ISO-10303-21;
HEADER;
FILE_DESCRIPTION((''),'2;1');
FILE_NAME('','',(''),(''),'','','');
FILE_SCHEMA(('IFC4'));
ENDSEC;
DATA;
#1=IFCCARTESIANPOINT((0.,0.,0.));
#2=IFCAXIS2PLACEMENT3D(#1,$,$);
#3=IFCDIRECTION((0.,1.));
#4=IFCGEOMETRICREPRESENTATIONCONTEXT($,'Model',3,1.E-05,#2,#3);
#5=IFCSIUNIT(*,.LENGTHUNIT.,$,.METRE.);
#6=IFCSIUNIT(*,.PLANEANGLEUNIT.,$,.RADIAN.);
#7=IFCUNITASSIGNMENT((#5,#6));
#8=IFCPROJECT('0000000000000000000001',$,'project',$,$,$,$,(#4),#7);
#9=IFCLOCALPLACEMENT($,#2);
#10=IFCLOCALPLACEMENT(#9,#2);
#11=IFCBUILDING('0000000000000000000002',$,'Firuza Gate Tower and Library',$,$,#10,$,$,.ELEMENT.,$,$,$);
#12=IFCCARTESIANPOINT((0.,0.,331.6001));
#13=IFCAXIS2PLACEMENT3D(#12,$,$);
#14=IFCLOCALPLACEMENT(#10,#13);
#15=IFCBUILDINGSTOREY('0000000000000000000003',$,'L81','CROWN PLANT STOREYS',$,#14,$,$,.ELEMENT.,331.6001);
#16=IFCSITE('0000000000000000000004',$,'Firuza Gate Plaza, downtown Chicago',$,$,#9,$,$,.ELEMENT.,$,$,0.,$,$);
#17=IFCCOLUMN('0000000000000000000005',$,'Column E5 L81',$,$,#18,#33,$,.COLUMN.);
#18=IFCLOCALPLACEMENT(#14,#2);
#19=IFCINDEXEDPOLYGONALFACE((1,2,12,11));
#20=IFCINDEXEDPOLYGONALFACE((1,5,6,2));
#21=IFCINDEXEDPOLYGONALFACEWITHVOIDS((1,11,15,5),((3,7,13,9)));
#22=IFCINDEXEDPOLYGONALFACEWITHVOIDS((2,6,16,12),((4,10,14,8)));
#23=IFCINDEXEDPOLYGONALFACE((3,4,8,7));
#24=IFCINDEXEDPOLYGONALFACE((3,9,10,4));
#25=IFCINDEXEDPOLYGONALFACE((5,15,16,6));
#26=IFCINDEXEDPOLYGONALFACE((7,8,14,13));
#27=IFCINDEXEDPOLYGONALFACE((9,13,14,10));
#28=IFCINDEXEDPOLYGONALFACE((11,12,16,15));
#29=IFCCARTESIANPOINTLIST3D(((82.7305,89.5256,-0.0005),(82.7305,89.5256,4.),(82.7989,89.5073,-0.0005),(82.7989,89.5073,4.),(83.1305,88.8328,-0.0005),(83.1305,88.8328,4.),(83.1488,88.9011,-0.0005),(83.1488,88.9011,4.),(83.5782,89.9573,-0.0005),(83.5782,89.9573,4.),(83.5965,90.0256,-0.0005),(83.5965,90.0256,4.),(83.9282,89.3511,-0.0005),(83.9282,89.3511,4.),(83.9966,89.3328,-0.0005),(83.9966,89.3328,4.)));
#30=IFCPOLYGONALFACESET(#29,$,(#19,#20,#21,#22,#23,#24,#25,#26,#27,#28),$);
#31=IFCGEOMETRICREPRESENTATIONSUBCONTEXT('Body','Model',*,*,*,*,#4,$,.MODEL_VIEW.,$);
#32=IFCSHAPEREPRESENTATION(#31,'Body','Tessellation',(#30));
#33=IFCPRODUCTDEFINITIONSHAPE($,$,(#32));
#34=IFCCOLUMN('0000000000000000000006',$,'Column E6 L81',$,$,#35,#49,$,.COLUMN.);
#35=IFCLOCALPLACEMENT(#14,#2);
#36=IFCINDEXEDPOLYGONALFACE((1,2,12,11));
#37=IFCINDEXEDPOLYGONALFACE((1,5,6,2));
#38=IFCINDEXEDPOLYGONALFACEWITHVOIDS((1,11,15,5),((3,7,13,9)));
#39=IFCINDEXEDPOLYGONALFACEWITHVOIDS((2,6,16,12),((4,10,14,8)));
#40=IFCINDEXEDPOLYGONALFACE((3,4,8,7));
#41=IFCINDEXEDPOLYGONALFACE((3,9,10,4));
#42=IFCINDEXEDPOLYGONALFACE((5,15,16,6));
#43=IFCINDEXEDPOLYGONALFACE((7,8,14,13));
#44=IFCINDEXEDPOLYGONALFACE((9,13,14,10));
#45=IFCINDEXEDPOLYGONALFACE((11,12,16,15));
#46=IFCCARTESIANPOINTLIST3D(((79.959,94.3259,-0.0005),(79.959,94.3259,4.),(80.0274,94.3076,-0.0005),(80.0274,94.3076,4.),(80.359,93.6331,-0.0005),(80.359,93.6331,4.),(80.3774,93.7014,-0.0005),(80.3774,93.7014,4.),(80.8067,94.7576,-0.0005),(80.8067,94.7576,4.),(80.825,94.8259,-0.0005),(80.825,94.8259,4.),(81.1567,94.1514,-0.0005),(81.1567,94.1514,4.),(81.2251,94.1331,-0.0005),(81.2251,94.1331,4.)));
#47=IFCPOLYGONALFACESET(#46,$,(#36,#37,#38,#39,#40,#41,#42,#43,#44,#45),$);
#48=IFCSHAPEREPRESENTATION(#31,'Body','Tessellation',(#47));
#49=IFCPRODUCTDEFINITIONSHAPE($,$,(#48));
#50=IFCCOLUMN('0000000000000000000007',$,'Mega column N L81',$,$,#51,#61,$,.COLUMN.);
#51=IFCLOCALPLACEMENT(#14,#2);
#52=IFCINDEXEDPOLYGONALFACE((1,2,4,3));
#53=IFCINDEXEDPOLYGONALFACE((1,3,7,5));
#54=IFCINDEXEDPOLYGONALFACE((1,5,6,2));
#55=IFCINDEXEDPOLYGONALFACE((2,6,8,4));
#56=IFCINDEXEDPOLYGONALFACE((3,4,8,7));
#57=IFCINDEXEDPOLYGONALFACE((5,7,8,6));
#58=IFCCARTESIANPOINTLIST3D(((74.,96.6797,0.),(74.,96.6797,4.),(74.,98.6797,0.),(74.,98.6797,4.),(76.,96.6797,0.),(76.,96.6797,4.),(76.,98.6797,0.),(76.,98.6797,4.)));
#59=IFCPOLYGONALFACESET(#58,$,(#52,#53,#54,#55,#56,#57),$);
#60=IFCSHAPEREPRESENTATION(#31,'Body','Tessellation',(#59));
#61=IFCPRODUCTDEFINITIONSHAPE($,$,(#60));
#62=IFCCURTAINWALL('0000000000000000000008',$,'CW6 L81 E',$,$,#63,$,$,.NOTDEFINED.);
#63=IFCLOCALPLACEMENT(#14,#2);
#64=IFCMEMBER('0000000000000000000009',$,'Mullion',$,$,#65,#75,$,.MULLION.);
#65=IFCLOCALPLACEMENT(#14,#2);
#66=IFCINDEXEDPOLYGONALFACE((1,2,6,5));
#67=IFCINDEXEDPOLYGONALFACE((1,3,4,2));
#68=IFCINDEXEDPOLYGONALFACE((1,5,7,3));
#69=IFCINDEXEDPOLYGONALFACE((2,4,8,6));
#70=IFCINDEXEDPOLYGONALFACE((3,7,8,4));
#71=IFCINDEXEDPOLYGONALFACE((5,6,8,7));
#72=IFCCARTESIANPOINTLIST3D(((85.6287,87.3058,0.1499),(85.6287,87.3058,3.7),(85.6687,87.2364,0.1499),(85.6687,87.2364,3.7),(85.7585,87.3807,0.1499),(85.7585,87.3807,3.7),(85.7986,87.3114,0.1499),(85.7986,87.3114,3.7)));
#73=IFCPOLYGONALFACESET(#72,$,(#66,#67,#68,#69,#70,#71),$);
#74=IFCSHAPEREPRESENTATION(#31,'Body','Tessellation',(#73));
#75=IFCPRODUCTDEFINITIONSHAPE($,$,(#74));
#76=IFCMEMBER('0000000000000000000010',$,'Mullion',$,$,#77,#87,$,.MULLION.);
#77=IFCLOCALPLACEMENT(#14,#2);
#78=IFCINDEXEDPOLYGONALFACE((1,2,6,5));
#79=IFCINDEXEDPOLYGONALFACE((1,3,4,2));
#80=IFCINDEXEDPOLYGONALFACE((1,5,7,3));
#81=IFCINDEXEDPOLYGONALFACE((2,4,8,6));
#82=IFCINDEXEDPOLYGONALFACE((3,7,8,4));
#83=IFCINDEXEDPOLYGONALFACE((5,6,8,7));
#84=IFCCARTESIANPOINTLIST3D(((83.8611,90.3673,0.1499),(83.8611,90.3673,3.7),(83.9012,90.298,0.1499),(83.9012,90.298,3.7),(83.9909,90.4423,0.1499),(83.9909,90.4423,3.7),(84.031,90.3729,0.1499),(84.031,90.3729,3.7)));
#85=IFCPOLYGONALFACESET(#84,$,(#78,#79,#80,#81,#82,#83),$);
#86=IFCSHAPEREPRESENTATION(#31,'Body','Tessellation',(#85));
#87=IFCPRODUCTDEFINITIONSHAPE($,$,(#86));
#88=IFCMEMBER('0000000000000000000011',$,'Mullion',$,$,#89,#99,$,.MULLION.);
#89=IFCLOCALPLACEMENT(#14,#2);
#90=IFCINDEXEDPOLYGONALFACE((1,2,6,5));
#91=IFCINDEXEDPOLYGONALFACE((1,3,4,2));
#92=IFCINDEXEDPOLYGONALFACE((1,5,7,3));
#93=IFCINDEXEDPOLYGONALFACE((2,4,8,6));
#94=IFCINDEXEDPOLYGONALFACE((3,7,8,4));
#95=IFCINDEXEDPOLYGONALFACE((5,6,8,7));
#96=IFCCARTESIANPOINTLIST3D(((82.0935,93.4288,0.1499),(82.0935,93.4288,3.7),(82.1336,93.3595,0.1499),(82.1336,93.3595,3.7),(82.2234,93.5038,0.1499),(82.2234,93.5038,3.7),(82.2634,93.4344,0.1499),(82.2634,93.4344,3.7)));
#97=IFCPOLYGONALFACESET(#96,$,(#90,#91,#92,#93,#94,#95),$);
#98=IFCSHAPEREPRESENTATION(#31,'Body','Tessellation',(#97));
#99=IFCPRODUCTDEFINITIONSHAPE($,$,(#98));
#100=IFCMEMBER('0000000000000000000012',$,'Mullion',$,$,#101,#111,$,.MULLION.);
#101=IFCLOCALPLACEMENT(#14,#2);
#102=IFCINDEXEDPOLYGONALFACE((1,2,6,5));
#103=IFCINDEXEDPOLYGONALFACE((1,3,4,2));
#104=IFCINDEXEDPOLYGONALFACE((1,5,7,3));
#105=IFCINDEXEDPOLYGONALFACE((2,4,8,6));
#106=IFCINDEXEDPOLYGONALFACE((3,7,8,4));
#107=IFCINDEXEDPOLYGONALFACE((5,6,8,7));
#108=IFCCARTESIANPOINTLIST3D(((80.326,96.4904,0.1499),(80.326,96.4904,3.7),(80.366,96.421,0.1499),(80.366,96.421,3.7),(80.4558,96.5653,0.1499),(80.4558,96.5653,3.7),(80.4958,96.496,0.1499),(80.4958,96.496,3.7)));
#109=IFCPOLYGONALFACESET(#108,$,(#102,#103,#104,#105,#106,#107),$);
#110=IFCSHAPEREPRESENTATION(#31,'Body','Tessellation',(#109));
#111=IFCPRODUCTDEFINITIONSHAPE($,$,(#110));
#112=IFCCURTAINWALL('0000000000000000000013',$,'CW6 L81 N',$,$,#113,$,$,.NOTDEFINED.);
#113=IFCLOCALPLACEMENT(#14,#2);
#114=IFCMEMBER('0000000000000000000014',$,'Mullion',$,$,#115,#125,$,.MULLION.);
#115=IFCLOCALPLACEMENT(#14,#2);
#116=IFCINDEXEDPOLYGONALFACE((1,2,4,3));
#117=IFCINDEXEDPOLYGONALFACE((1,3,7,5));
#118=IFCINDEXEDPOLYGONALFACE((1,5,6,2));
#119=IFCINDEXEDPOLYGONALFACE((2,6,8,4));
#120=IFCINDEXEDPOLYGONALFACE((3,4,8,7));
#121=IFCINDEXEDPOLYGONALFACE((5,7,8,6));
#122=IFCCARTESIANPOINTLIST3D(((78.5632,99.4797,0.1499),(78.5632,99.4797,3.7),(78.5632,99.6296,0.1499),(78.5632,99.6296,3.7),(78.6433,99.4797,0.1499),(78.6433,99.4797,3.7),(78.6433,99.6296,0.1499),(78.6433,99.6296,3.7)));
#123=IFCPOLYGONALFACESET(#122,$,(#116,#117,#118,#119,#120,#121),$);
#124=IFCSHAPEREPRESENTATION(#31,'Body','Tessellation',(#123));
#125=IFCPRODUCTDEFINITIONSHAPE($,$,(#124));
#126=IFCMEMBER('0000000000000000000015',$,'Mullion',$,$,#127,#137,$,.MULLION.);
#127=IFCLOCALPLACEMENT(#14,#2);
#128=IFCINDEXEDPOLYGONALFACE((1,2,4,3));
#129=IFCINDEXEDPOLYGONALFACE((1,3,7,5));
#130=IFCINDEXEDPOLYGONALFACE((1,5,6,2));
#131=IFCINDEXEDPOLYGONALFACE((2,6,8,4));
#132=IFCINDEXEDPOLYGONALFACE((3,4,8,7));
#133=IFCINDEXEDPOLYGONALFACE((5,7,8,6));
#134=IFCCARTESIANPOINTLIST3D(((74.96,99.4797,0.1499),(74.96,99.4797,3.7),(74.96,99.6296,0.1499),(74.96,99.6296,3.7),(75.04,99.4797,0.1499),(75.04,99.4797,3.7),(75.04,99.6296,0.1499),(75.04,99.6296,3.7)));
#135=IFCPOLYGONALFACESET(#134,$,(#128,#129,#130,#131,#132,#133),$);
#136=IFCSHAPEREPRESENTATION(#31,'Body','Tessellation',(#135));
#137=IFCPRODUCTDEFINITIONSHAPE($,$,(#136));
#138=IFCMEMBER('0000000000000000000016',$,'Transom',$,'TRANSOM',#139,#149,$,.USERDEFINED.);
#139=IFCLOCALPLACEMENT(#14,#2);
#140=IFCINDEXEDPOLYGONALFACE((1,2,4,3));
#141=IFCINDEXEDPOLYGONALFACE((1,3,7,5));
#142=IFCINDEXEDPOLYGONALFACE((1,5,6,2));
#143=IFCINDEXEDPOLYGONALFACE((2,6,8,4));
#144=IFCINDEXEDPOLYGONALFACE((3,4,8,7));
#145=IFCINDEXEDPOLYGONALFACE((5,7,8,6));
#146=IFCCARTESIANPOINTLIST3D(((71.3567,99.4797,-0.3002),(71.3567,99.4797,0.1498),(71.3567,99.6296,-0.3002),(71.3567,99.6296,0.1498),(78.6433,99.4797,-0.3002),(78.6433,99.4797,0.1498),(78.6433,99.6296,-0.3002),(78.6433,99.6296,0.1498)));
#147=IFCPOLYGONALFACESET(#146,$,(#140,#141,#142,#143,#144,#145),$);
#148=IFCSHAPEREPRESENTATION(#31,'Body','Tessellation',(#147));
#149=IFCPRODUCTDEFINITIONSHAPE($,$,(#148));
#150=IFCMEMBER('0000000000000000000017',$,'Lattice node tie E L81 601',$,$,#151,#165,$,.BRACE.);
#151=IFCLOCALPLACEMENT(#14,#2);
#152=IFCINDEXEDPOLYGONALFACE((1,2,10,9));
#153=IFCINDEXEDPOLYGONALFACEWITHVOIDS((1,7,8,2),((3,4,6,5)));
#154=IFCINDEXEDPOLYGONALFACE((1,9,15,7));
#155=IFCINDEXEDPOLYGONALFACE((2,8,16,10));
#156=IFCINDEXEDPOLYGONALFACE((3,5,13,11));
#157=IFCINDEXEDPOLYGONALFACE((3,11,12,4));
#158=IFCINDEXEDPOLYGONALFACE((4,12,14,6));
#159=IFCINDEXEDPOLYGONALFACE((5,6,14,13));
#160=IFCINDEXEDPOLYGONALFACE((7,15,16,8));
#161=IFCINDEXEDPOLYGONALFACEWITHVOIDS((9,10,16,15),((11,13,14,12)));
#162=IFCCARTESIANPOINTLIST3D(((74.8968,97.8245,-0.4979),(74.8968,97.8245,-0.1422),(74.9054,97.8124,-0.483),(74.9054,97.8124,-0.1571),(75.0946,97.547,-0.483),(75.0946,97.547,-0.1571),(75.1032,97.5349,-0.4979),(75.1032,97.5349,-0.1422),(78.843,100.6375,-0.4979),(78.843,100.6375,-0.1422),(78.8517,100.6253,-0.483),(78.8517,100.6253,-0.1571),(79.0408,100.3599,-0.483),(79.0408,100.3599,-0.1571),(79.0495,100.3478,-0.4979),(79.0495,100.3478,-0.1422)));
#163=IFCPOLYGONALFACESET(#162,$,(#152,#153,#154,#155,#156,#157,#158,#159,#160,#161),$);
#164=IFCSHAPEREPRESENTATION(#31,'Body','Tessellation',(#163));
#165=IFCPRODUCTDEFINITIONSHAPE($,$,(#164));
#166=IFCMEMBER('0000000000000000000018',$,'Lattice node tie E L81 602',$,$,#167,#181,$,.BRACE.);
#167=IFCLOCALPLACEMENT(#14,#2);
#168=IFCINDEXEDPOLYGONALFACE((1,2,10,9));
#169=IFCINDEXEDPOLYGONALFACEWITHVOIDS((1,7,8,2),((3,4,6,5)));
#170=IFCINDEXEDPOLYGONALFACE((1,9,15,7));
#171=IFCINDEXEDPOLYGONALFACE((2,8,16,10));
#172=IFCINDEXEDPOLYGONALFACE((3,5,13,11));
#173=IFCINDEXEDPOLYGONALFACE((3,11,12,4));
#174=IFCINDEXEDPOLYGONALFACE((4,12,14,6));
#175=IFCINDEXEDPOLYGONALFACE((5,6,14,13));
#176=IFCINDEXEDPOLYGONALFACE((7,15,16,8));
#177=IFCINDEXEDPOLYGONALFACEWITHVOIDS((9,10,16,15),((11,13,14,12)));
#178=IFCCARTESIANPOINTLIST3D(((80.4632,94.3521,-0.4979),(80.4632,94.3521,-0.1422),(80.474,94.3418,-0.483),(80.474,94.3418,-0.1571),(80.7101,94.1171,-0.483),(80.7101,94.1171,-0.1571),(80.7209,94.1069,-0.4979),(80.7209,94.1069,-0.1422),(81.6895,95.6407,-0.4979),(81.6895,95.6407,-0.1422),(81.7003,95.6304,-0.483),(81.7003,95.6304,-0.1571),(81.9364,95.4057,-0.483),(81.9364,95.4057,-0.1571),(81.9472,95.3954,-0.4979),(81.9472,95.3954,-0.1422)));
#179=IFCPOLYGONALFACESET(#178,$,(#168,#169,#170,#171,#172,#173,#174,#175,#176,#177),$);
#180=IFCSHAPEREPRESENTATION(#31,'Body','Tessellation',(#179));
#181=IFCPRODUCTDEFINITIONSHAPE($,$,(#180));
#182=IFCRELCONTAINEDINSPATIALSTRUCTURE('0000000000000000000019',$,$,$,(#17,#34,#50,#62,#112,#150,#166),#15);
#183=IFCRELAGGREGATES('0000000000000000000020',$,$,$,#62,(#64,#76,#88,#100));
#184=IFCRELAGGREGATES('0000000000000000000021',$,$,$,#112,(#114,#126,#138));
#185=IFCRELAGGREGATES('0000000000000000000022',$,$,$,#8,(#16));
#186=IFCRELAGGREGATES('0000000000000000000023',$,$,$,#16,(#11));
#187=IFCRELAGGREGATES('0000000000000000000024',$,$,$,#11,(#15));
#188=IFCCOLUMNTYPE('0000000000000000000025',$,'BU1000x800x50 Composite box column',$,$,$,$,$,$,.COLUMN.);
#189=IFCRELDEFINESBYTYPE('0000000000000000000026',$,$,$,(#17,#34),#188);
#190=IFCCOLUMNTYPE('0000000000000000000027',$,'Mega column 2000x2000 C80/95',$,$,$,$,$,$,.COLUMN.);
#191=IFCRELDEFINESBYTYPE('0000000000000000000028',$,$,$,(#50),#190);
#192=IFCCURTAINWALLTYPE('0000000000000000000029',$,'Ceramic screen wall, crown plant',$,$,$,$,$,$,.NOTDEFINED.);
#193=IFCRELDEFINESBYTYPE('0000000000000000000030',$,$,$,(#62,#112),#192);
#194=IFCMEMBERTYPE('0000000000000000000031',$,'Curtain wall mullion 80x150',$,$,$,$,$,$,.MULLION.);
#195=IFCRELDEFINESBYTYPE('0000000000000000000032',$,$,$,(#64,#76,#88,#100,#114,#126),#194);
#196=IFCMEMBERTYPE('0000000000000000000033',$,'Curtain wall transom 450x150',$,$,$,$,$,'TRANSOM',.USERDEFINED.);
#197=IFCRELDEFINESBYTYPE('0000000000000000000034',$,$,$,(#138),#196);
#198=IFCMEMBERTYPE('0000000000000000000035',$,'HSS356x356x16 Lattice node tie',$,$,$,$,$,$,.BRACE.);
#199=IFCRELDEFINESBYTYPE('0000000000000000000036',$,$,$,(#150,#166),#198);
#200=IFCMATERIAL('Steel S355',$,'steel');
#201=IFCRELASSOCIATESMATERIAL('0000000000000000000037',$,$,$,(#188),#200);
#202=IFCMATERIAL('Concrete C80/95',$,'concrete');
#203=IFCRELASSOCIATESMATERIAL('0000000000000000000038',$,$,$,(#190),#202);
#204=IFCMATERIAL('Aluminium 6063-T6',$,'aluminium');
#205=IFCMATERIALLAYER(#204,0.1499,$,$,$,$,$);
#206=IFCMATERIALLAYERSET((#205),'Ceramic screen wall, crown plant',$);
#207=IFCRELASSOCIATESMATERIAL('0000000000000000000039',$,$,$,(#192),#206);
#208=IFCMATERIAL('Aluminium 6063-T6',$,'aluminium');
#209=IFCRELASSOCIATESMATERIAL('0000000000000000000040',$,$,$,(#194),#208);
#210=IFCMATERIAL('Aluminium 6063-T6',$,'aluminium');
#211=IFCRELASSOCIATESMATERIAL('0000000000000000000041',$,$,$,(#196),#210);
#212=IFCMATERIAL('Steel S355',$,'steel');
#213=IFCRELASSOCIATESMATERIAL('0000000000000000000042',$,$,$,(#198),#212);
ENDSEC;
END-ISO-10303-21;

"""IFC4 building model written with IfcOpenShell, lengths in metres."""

from ifc_helpers import new_model, si_unit, direction, frame, origin, origin_2d, place, context, subcontext, project, spatial, rectangle, hollow_rectangle, extrude, material, layer, layer_set, material_profile, profile_set, type_object, element, aggregate, save


model = new_model("IFC4")

# Units and contexts
model_context = context("Model", 3, precision=1e-05, world=origin(), true_north=direction((0.0, 1.0)))
body_context = subcontext(model_context, "Body", "Model", "MODEL_VIEW")
ifc_project = project(units=[si_unit("LENGTHUNIT", "METRE"), si_unit("PLANEANGLEUNIT", "RADIAN")], contexts=[model_context])

# Site, building, storey
site_placement = place(None, origin())
site = spatial("IfcSite", under=ifc_project, at=site_placement, Name="Firuza Gate Plaza, downtown Chicago", CompositionType="ELEMENT", RefElevation=0.0)
building_placement = place(site_placement, origin())
building = spatial("IfcBuilding", under=site, at=building_placement, Name="Firuza Gate Tower and Library", CompositionType="ELEMENT")
storey_placement = place(building_placement, frame((0.0, 0.0, 331.6001)))
storey = spatial("IfcBuildingStorey", under=building, at=storey_placement, Name="L81", Description="CROWN PLANT STOREYS", CompositionType="ELEMENT", Elevation=331.6001)

# Columns
ifc_material_1 = material(Name="Steel S355", Category="steel")
ifc_material_profile_1 = material_profile(ifc_material_1, hollow_rectangle(XDim=0.8, YDim=1.0, WallThickness=0.05, at=origin_2d()))
ifc_profile_set_1 = profile_set([ifc_material_profile_1], Name="Steel S355")
column_type_1 = type_object("IfcColumnType", Name="BU1000x800x50 Composite box column", PredefinedType="COLUMN", material=ifc_profile_set_1)
for number, where, z_axis, x_axis, name in (
    (1, (83.3635, 89.4292, -0.0005), (0.0, 0.0, 1.0), (-0.5, 0.866025, 0.0), "Column E5 L81"),
    (2, (80.592, 94.2295, -0.0005), (0.0, 0.0, 1.0), (-0.5, 0.866025, 0.0), "Column E6 L81"),
):
    element("IfcColumn", number, at=place(storey_placement, frame(where, z_axis=z_axis, x_axis=x_axis)), inside=storey, type_object=column_type_1, Name=name, PredefinedType="COLUMN", context=body_context, shape_type="SweptSolid", body=[
        extrude(hollow_rectangle(XDim=0.8, YDim=1.0, WallThickness=0.05, at=origin_2d()), origin(), (0.0, 0.0, 1.0), 4.0005),
    ])
ifc_material_2 = material(Name="Concrete C80/95", Category="concrete")
ifc_material_profile_2 = material_profile(ifc_material_2, rectangle(XDim=2.0, YDim=2.0, at=origin_2d()))
ifc_profile_set_2 = profile_set([ifc_material_profile_2], Name="Concrete C80/95")
column_type_2 = type_object("IfcColumnType", Name="Mega column 2000x2000 C80/95", PredefinedType="COLUMN", material=ifc_profile_set_2)
column_placement = place(storey_placement, frame((75.0, 97.6797, 0.0), z_axis=(0.0, 0.0, 1.0), x_axis=(-1.0, 0.0, 0.0)))
element("IfcColumn", 3, at=column_placement, inside=storey, type_object=column_type_2, Name="Mega column N L81", PredefinedType="COLUMN", context=body_context, shape_type="SweptSolid", body=[
    extrude(rectangle(XDim=2.0, YDim=2.0, at=origin_2d()), origin(), (0.0, 0.0, 1.0), 4.0),
])

# Curtain walls, members
ifc_material_3 = material(Name="Aluminium 6063-T6", Category="aluminium")
ifc_layer_1 = layer(ifc_material_3, 0.1499)
ifc_layer_set_1 = layer_set([ifc_layer_1], Name="Ceramic screen wall, crown plant")
curtain_wall_type = type_object("IfcCurtainWallType", Name="Ceramic screen wall, crown plant", PredefinedType="NOTDEFINED", material=ifc_layer_set_1)
placement = place(storey_placement, origin())
curtain_wall_1 = element("IfcCurtainWall", 4, at=placement, inside=storey, type_object=curtain_wall_type, Name="CW6 L81 E", PredefinedType="NOTDEFINED")
ifc_material_4 = material(Name="Aluminium 6063-T6", Category="aluminium")
ifc_material_profile_3 = material_profile(ifc_material_4, rectangle(XDim=0.1499, YDim=0.0801, at=origin_2d()))
ifc_profile_set_3 = profile_set([ifc_material_profile_3], Name="Aluminium 6063-T6")
member_type_1 = type_object("IfcMemberType", Name="Curtain wall mullion 80x150", PredefinedType="MULLION", material=ifc_profile_set_3)
member_1_placement = place(storey_placement, frame((85.7136, 87.3086, 0.1499), z_axis=(0.0, 0.0, 1.0), x_axis=(-0.866025, -0.5, 0.0)))
member_1 = element("IfcMember", 5, at=member_1_placement, type_object=member_type_1, Name="Mullion", PredefinedType="MULLION", context=body_context, shape_type="SweptSolid", body=[
    extrude(rectangle(XDim=0.1499, YDim=0.0801, at=origin_2d()), origin(), (0.0, 0.0, 1.0), 3.55),
])
member_2_placement = place(storey_placement, frame((83.946, 90.3701, 0.1499), z_axis=(0.0, 0.0, 1.0), x_axis=(-0.866025, -0.5, 0.0)))
member_2 = element("IfcMember", 6, at=member_2_placement, type_object=member_type_1, Name="Mullion", PredefinedType="MULLION", context=body_context, shape_type="SweptSolid", body=[
    extrude(rectangle(XDim=0.1499, YDim=0.0801, at=origin_2d()), origin(), (0.0, 0.0, 1.0), 3.55),
])
member_3_placement = place(storey_placement, frame((82.1785, 93.4316, 0.1499), z_axis=(0.0, 0.0, 1.0), x_axis=(-0.866025, -0.5, 0.0)))
member_3 = element("IfcMember", 7, at=member_3_placement, type_object=member_type_1, Name="Mullion", PredefinedType="MULLION", context=body_context, shape_type="SweptSolid", body=[
    extrude(rectangle(XDim=0.1499, YDim=0.0801, at=origin_2d()), origin(), (0.0, 0.0, 1.0), 3.55),
])
member_4_placement = place(storey_placement, frame((80.4109, 96.4932, 0.1499), z_axis=(0.0, 0.0, 1.0), x_axis=(-0.866025, -0.5, 0.0)))
member_4 = element("IfcMember", 8, at=member_4_placement, type_object=member_type_1, Name="Mullion", PredefinedType="MULLION", context=body_context, shape_type="SweptSolid", body=[
    extrude(rectangle(XDim=0.1499, YDim=0.0801, at=origin_2d()), origin(), (0.0, 0.0, 1.0), 3.55),
])
curtain_wall_2 = element("IfcCurtainWall", 9, at=placement, inside=storey, type_object=curtain_wall_type, Name="CW6 L81 N", PredefinedType="NOTDEFINED")
member_5_placement = place(storey_placement, frame((78.6033, 99.5547, 0.1499), z_axis=(0.0, 0.0, 1.0), x_axis=(0.0, -1.0, 0.0)))
member_5 = element("IfcMember", 10, at=member_5_placement, type_object=member_type_1, Name="Mullion", PredefinedType="MULLION", context=body_context, shape_type="SweptSolid", body=[
    extrude(rectangle(XDim=0.1499, YDim=0.0801, at=origin_2d()), origin(), (0.0, 0.0, 1.0), 3.55),
])
member_6_placement = place(storey_placement, frame((75.0, 99.5547, 0.1499), z_axis=(0.0, 0.0, 1.0), x_axis=(0.0, -1.0, 0.0)))
member_6 = element("IfcMember", 11, at=member_6_placement, type_object=member_type_1, Name="Mullion", PredefinedType="MULLION", context=body_context, shape_type="SweptSolid", body=[
    extrude(rectangle(XDim=0.1499, YDim=0.0801, at=origin_2d()), origin(), (0.0, 0.0, 1.0), 3.55),
])
ifc_material_5 = material(Name="Aluminium 6063-T6", Category="aluminium")
ifc_material_profile_4 = material_profile(ifc_material_5, rectangle(XDim=0.1499, YDim=0.45, at=origin_2d()))
ifc_profile_set_4 = profile_set([ifc_material_profile_4], Name="Aluminium 6063-T6")
member_type_2 = type_object("IfcMemberType", Name="Curtain wall transom 450x150", ElementType="TRANSOM", PredefinedType="USERDEFINED", material=ifc_profile_set_4)
member_7_placement = place(storey_placement, frame((78.6433, 99.5547, -0.0752), z_axis=(-1.0, 0.0, 0.0), x_axis=(0.0, -1.0, 0.0)))
member_7 = element("IfcMember", 12, at=member_7_placement, type_object=member_type_2, Name="Transom", ObjectType="TRANSOM", PredefinedType="USERDEFINED", context=body_context, shape_type="SweptSolid", body=[
    extrude(rectangle(XDim=0.1499, YDim=0.45, at=origin_2d()), origin(), (0.0, 0.0, 1.0), 7.2866),
])

# Members
ifc_material_6 = material(Name="Steel S355", Category="steel")
ifc_material_profile_5 = material_profile(ifc_material_6, hollow_rectangle(XDim=0.3557, YDim=0.3557, WallThickness=0.0149, at=origin_2d()))
ifc_profile_set_5 = profile_set([ifc_material_profile_5], Name="Steel S355")
member_type_3 = type_object("IfcMemberType", Name="HSS356x356x16 Lattice node tie", PredefinedType="BRACE", material=ifc_profile_set_5)
member_8_placement = place(storey_placement, frame((75.0, 97.6797, -0.3201), z_axis=(0.814298, 0.580447, 0.0), x_axis=(-0.580447, 0.814298, 0.0)))
element("IfcMember", 13, at=member_8_placement, inside=storey, type_object=member_type_3, Name="Lattice node tie E L81 601", PredefinedType="BRACE", context=body_context, shape_type="SweptSolid", body=[
    extrude(hollow_rectangle(XDim=0.3557, YDim=0.3557, WallThickness=0.0149, at=origin_2d()), origin(), (0.0, 0.0, 1.0), 4.8462),
])
member_9_placement = place(storey_placement, frame((80.592, 94.2295, -0.3201), z_axis=(0.689391, 0.724389, 0.0), x_axis=(-0.724389, 0.689391, 0.0)))
element("IfcMember", 14, at=member_9_placement, inside=storey, type_object=member_type_3, Name="Lattice node tie E L81 602", PredefinedType="BRACE", context=body_context, shape_type="SweptSolid", body=[
    extrude(hollow_rectangle(XDim=0.3557, YDim=0.3557, WallThickness=0.0149, at=origin_2d()), origin(), (0.0, 0.0, 1.0), 1.7788),
])

aggregate(curtain_wall_1, [member_1, member_2, member_3, member_4])
aggregate(curtain_wall_2, [member_5, member_6, member_7])

save(model, "model.ifc")
